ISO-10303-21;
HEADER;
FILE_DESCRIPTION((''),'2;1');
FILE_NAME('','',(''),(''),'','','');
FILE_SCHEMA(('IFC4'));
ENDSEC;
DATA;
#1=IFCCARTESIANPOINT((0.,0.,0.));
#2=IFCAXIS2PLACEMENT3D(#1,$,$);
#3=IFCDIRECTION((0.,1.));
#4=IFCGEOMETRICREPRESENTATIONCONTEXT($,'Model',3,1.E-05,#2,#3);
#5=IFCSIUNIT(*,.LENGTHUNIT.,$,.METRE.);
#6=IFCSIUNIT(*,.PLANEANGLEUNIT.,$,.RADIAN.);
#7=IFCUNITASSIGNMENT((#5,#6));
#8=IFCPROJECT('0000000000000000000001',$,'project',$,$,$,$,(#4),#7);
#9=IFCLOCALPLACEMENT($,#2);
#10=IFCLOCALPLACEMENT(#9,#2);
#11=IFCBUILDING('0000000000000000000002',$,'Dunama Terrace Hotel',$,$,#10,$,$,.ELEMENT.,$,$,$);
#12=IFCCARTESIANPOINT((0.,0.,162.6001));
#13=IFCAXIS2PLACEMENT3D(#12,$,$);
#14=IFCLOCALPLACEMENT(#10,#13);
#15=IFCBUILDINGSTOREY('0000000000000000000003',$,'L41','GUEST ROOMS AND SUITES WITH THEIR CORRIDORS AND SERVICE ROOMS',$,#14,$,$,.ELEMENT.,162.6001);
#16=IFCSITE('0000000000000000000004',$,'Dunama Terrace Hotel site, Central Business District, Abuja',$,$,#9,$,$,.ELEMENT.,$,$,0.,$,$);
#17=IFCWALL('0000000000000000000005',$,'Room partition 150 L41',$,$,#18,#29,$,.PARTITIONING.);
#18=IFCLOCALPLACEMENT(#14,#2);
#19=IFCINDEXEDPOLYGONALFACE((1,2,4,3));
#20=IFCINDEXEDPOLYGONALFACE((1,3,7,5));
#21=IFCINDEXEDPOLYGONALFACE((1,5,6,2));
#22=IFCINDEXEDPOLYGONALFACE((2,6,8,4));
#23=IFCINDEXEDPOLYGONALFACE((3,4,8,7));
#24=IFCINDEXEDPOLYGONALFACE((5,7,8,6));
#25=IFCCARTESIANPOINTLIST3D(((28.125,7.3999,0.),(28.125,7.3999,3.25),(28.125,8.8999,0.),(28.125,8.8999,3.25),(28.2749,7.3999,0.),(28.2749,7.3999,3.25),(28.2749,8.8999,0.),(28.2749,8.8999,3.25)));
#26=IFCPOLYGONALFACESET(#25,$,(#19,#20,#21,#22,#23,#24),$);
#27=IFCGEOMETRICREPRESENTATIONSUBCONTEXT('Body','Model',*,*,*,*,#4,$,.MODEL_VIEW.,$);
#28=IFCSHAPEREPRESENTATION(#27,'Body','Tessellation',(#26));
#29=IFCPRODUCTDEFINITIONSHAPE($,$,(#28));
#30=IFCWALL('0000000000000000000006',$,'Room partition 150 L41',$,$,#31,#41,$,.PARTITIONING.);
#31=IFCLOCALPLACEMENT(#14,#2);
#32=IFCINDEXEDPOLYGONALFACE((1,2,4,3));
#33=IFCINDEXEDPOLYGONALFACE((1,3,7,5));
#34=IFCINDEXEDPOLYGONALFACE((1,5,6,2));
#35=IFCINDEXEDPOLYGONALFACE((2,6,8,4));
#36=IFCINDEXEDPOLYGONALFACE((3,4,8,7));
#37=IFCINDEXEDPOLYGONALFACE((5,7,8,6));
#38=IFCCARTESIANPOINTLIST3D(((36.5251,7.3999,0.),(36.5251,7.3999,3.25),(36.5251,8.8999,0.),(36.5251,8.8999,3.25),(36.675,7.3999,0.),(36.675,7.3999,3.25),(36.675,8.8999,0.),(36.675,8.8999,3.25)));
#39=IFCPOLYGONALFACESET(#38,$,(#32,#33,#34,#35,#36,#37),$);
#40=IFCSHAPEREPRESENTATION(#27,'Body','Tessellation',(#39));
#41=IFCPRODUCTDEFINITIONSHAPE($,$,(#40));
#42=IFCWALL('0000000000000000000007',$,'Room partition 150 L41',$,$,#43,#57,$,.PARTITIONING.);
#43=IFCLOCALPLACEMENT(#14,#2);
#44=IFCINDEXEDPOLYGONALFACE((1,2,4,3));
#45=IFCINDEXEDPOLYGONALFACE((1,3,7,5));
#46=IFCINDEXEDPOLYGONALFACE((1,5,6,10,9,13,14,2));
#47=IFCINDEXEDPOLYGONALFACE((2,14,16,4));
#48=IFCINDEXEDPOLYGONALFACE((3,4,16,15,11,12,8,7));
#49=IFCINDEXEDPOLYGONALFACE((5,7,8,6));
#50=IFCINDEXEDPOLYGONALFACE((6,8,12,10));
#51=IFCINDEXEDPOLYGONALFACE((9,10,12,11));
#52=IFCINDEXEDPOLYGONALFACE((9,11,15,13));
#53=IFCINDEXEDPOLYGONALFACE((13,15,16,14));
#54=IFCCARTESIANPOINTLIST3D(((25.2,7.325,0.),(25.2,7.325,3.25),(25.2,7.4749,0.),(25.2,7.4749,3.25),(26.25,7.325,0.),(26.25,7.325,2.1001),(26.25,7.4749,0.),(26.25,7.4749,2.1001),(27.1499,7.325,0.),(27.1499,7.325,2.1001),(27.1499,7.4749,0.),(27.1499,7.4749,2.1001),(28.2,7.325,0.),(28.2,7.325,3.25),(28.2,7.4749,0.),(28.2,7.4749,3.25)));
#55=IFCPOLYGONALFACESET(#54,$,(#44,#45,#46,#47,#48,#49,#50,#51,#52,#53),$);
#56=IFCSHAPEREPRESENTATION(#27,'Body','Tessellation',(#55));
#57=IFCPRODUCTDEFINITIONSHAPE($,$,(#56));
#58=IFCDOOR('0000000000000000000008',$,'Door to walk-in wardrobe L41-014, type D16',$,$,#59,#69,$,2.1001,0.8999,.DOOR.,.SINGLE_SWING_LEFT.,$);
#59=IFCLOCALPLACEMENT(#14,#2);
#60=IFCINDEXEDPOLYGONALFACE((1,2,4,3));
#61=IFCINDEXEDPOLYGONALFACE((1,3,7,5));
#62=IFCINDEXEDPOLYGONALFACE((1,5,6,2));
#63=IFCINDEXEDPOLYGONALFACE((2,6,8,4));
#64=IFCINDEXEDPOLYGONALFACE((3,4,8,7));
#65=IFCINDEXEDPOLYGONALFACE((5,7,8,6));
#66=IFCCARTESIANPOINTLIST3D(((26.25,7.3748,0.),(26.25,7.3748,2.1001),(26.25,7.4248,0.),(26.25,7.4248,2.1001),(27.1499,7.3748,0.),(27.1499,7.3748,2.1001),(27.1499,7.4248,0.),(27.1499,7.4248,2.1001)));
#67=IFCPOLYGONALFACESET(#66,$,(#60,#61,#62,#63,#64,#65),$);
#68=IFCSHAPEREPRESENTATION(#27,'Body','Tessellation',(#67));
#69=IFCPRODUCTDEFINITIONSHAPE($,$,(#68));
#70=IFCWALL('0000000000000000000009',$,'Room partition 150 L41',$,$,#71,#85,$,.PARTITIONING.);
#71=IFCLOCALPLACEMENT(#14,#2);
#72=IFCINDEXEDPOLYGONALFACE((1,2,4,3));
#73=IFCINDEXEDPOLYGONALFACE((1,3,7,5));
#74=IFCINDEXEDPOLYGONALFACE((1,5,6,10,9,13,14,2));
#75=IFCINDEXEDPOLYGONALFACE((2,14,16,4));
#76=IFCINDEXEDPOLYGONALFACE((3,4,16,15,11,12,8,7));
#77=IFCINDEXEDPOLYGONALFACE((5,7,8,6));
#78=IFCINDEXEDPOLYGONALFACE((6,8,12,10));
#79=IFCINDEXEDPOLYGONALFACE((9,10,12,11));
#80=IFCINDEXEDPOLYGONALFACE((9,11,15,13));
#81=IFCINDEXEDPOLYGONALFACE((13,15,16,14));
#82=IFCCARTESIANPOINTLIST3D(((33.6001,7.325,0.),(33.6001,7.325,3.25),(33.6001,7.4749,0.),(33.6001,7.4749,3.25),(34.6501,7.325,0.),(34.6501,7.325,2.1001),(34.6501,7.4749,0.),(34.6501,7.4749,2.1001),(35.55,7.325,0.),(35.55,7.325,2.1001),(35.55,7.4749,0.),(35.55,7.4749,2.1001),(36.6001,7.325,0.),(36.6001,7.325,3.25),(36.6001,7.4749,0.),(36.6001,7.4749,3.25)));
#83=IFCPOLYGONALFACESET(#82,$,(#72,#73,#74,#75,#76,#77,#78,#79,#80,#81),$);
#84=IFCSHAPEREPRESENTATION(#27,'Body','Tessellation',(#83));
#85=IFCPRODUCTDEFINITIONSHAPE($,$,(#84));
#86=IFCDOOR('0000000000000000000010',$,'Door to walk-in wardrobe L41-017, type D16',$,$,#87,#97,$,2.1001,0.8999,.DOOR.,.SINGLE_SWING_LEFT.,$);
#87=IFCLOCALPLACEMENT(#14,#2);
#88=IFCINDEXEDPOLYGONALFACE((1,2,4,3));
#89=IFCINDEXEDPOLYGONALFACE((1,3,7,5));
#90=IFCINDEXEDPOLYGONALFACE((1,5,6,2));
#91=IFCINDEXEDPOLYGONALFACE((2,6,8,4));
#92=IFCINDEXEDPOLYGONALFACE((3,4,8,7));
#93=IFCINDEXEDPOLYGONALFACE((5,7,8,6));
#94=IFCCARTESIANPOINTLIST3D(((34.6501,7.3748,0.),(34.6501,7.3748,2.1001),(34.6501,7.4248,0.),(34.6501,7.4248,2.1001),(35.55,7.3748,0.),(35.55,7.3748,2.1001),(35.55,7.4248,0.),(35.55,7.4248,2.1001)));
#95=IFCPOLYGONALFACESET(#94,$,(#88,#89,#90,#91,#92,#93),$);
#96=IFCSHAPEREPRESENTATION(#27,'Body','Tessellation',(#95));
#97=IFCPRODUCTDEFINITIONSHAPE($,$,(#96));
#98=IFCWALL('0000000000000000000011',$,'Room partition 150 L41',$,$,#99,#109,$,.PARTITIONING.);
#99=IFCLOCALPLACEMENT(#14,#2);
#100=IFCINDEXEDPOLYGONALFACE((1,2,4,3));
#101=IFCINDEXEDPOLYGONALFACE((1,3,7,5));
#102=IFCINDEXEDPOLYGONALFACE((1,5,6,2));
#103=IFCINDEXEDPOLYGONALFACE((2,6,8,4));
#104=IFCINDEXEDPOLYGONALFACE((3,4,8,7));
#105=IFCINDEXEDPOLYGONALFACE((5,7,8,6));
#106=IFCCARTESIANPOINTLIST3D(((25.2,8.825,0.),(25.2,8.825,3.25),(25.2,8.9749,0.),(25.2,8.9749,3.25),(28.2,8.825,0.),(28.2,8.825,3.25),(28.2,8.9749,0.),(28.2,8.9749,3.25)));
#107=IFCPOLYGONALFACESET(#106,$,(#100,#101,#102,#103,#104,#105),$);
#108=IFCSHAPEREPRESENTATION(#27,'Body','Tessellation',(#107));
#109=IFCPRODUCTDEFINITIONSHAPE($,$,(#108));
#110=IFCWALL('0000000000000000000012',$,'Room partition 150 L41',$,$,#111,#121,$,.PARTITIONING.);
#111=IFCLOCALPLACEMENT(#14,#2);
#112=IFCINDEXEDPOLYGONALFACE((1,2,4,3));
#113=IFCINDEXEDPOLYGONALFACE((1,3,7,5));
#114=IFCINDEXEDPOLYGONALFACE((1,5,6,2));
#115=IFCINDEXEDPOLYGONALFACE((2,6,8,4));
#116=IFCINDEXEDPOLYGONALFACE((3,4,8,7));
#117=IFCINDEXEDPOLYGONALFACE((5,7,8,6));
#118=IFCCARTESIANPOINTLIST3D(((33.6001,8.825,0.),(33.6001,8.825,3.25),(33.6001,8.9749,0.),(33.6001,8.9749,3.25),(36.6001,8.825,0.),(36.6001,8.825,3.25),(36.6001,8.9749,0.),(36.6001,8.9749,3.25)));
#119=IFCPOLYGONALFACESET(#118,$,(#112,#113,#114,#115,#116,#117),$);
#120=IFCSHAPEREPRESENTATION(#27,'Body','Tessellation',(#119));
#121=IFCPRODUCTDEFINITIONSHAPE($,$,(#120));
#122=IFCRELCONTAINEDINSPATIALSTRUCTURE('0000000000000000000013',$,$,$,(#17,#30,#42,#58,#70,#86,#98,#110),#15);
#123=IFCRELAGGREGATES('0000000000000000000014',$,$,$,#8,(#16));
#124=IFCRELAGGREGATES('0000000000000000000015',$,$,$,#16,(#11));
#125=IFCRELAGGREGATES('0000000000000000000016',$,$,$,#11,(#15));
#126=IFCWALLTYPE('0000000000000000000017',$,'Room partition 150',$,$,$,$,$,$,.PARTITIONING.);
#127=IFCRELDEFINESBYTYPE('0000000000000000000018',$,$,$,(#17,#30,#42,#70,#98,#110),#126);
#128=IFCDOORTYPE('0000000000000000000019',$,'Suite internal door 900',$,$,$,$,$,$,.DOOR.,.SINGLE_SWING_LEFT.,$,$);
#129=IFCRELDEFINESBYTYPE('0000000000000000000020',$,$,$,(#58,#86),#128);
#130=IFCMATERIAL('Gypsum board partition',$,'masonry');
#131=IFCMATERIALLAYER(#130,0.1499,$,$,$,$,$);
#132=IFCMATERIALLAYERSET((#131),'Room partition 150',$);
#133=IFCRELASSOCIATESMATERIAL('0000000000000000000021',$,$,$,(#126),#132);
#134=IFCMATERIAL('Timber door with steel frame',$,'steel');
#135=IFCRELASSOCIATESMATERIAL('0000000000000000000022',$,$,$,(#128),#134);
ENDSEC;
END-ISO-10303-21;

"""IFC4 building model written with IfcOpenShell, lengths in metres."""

from ifc_helpers import new_model, si_unit, direction, frame, frame_2d, origin, place, context, subcontext, project, spatial, rectangle, extrude, material, layer, layer_set, type_object, element, fill, save


model = new_model("IFC4")

# Units and contexts
model_context = context("Model", 3, precision=1e-05, world=origin(), true_north=direction((0.0, 1.0)))
body_context = subcontext(model_context, "Body", "Model", "MODEL_VIEW")
ifc_project = project(units=[si_unit("LENGTHUNIT", "METRE"), si_unit("PLANEANGLEUNIT", "RADIAN")], contexts=[model_context])

# Site, building, storey
site_placement = place(None, origin())
site = spatial("IfcSite", under=ifc_project, at=site_placement, Name="Dunama Terrace Hotel site, Central Business District, Abuja", CompositionType="ELEMENT", RefElevation=0.0)
building_placement = place(site_placement, origin())
building = spatial("IfcBuilding", under=site, at=building_placement, Name="Dunama Terrace Hotel", CompositionType="ELEMENT")
storey_placement = place(building_placement, frame((0.0, 0.0, 162.6001)))
storey = spatial("IfcBuildingStorey", under=building, at=storey_placement, Name="L41", Description="GUEST ROOMS AND SUITES WITH THEIR CORRIDORS AND SERVICE ROOMS", CompositionType="ELEMENT", Elevation=162.6001)

# Walls
ifc_material_1 = material(Name="Gypsum board partition", Category="masonry")
ifc_layer_1 = layer(ifc_material_1, 0.1499)
ifc_layer_set_1 = layer_set([ifc_layer_1], Name="Room partition 150")
wall_type_1 = type_object("IfcWallType", Name="Room partition 150", PredefinedType="PARTITIONING", material=ifc_layer_set_1)
for number, where, z_axis, x_axis, name in (
    (1, (28.2, 7.3999, 0.0), (0.0, 0.0, 1.0), (0.0, 1.0, 0.0), "Room partition 150 L41"),
    (2, (36.6001, 7.3999, 0.0), (0.0, 0.0, 1.0), (0.0, 1.0, 0.0), "Room partition 150 L41"),
):
    element("IfcWall", number, at=place(storey_placement, frame(where, z_axis=z_axis, x_axis=x_axis)), inside=storey, type_object=wall_type_1, Name=name, PredefinedType="PARTITIONING", context=body_context, shape_type="SweptSolid", body=[
        extrude(rectangle(XDim=1.5, YDim=0.1499, at=frame_2d((0.75, 0.0))), origin(), (0.0, 0.0, 1.0), 3.25),
    ])

# Walls, openings, doors
wall_1_placement = place(storey_placement, frame((25.2, 7.3999, 0.0), z_axis=(0.0, 0.0, 1.0), x_axis=(1.0, 0.0, 0.0)))
wall_1 = element("IfcWall", 3, at=wall_1_placement, inside=storey, type_object=wall_type_1, Name="Room partition 150 L41", PredefinedType="PARTITIONING", context=body_context, shape_type="SweptSolid", body=[
    extrude(rectangle(XDim=3.0, YDim=0.1499, at=frame_2d((1.5, 0.0))), origin(), (0.0, 0.0, 1.0), 3.25),
])
opening_1_placement = place(wall_1_placement, frame((1.05, 0.0, 0.0)))
opening_1 = element("IfcOpeningElement", 4, at=opening_1_placement, cuts=wall_1, PredefinedType="OPENING", context=body_context, shape_type="SweptSolid", body=[
    extrude(rectangle(XDim=0.8999, YDim=2.1001, at=frame_2d((0.45, 1.05))), frame((0.0, 0.085, 0.0), z_axis=(0.0, -1.0, 0.0), x_axis=(1.0, 0.0, 0.0)), (0.0, 0.0, 1.0), 0.1699),
])
ifc_material_2 = material(Name="Timber door with steel frame", Category="steel")
door_type_1 = type_object("IfcDoorType", Name="Suite internal door 900", OperationType="SINGLE_SWING_LEFT", PredefinedType="DOOR", material=ifc_material_2)
door_1_placement = place(opening_1_placement, origin())
door_1 = element("IfcDoor", 5, at=door_1_placement, inside=storey, type_object=door_type_1, Name="Door to walk-in wardrobe L41-014, type D16", OperationType="SINGLE_SWING_LEFT", OverallHeight=2.1001, OverallWidth=0.8999, PredefinedType="DOOR", context=body_context, shape_type="SweptSolid", body=[
    extrude(rectangle(XDim=0.8999, YDim=2.1001, at=frame_2d((0.45, 1.05))), frame((0.0, 0.0249, 0.0), z_axis=(0.0, -1.0, 0.0), x_axis=(1.0, 0.0, 0.0)), (0.0, 0.0, 1.0), 0.05),
])
fill(opening_1, door_1)
wall_2_placement = place(storey_placement, frame((33.6001, 7.3999, 0.0), z_axis=(0.0, 0.0, 1.0), x_axis=(1.0, 0.0, 0.0)))
wall_2 = element("IfcWall", 6, at=wall_2_placement, inside=storey, type_object=wall_type_1, Name="Room partition 150 L41", PredefinedType="PARTITIONING", context=body_context, shape_type="SweptSolid", body=[
    extrude(rectangle(XDim=3.0, YDim=0.1499, at=frame_2d((1.5, 0.0))), origin(), (0.0, 0.0, 1.0), 3.25),
])
opening_2_placement = place(wall_2_placement, frame((1.05, 0.0, 0.0)))
opening_2 = element("IfcOpeningElement", 7, at=opening_2_placement, cuts=wall_2, PredefinedType="OPENING", context=body_context, shape_type="SweptSolid", body=[
    extrude(rectangle(XDim=0.8999, YDim=2.1001, at=frame_2d((0.45, 1.05))), frame((0.0, 0.085, 0.0), z_axis=(0.0, -1.0, 0.0), x_axis=(1.0, 0.0, 0.0)), (0.0, 0.0, 1.0), 0.1699),
])
door_2_placement = place(opening_2_placement, origin())
door_2 = element("IfcDoor", 8, at=door_2_placement, inside=storey, type_object=door_type_1, Name="Door to walk-in wardrobe L41-017, type D16", OperationType="SINGLE_SWING_LEFT", OverallHeight=2.1001, OverallWidth=0.8999, PredefinedType="DOOR", context=body_context, shape_type="SweptSolid", body=[
    extrude(rectangle(XDim=0.8999, YDim=2.1001, at=frame_2d((0.45, 1.05))), frame((0.0, 0.0249, 0.0), z_axis=(0.0, -1.0, 0.0), x_axis=(1.0, 0.0, 0.0)), (0.0, 0.0, 1.0), 0.05),
])
fill(opening_2, door_2)

# Walls
for number, where, z_axis, x_axis, name in (
    (9, (25.2, 8.8999, 0.0), (0.0, 0.0, 1.0), (1.0, 0.0, 0.0), "Room partition 150 L41"),
    (10, (33.6001, 8.8999, 0.0), (0.0, 0.0, 1.0), (1.0, 0.0, 0.0), "Room partition 150 L41"),
):
    element("IfcWall", number, at=place(storey_placement, frame(where, z_axis=z_axis, x_axis=x_axis)), inside=storey, type_object=wall_type_1, Name=name, PredefinedType="PARTITIONING", context=body_context, shape_type="SweptSolid", body=[
        extrude(rectangle(XDim=3.0, YDim=0.1499, at=frame_2d((1.5, 0.0))), origin(), (0.0, 0.0, 1.0), 3.25),
    ])

save(model, "model.ifc")
